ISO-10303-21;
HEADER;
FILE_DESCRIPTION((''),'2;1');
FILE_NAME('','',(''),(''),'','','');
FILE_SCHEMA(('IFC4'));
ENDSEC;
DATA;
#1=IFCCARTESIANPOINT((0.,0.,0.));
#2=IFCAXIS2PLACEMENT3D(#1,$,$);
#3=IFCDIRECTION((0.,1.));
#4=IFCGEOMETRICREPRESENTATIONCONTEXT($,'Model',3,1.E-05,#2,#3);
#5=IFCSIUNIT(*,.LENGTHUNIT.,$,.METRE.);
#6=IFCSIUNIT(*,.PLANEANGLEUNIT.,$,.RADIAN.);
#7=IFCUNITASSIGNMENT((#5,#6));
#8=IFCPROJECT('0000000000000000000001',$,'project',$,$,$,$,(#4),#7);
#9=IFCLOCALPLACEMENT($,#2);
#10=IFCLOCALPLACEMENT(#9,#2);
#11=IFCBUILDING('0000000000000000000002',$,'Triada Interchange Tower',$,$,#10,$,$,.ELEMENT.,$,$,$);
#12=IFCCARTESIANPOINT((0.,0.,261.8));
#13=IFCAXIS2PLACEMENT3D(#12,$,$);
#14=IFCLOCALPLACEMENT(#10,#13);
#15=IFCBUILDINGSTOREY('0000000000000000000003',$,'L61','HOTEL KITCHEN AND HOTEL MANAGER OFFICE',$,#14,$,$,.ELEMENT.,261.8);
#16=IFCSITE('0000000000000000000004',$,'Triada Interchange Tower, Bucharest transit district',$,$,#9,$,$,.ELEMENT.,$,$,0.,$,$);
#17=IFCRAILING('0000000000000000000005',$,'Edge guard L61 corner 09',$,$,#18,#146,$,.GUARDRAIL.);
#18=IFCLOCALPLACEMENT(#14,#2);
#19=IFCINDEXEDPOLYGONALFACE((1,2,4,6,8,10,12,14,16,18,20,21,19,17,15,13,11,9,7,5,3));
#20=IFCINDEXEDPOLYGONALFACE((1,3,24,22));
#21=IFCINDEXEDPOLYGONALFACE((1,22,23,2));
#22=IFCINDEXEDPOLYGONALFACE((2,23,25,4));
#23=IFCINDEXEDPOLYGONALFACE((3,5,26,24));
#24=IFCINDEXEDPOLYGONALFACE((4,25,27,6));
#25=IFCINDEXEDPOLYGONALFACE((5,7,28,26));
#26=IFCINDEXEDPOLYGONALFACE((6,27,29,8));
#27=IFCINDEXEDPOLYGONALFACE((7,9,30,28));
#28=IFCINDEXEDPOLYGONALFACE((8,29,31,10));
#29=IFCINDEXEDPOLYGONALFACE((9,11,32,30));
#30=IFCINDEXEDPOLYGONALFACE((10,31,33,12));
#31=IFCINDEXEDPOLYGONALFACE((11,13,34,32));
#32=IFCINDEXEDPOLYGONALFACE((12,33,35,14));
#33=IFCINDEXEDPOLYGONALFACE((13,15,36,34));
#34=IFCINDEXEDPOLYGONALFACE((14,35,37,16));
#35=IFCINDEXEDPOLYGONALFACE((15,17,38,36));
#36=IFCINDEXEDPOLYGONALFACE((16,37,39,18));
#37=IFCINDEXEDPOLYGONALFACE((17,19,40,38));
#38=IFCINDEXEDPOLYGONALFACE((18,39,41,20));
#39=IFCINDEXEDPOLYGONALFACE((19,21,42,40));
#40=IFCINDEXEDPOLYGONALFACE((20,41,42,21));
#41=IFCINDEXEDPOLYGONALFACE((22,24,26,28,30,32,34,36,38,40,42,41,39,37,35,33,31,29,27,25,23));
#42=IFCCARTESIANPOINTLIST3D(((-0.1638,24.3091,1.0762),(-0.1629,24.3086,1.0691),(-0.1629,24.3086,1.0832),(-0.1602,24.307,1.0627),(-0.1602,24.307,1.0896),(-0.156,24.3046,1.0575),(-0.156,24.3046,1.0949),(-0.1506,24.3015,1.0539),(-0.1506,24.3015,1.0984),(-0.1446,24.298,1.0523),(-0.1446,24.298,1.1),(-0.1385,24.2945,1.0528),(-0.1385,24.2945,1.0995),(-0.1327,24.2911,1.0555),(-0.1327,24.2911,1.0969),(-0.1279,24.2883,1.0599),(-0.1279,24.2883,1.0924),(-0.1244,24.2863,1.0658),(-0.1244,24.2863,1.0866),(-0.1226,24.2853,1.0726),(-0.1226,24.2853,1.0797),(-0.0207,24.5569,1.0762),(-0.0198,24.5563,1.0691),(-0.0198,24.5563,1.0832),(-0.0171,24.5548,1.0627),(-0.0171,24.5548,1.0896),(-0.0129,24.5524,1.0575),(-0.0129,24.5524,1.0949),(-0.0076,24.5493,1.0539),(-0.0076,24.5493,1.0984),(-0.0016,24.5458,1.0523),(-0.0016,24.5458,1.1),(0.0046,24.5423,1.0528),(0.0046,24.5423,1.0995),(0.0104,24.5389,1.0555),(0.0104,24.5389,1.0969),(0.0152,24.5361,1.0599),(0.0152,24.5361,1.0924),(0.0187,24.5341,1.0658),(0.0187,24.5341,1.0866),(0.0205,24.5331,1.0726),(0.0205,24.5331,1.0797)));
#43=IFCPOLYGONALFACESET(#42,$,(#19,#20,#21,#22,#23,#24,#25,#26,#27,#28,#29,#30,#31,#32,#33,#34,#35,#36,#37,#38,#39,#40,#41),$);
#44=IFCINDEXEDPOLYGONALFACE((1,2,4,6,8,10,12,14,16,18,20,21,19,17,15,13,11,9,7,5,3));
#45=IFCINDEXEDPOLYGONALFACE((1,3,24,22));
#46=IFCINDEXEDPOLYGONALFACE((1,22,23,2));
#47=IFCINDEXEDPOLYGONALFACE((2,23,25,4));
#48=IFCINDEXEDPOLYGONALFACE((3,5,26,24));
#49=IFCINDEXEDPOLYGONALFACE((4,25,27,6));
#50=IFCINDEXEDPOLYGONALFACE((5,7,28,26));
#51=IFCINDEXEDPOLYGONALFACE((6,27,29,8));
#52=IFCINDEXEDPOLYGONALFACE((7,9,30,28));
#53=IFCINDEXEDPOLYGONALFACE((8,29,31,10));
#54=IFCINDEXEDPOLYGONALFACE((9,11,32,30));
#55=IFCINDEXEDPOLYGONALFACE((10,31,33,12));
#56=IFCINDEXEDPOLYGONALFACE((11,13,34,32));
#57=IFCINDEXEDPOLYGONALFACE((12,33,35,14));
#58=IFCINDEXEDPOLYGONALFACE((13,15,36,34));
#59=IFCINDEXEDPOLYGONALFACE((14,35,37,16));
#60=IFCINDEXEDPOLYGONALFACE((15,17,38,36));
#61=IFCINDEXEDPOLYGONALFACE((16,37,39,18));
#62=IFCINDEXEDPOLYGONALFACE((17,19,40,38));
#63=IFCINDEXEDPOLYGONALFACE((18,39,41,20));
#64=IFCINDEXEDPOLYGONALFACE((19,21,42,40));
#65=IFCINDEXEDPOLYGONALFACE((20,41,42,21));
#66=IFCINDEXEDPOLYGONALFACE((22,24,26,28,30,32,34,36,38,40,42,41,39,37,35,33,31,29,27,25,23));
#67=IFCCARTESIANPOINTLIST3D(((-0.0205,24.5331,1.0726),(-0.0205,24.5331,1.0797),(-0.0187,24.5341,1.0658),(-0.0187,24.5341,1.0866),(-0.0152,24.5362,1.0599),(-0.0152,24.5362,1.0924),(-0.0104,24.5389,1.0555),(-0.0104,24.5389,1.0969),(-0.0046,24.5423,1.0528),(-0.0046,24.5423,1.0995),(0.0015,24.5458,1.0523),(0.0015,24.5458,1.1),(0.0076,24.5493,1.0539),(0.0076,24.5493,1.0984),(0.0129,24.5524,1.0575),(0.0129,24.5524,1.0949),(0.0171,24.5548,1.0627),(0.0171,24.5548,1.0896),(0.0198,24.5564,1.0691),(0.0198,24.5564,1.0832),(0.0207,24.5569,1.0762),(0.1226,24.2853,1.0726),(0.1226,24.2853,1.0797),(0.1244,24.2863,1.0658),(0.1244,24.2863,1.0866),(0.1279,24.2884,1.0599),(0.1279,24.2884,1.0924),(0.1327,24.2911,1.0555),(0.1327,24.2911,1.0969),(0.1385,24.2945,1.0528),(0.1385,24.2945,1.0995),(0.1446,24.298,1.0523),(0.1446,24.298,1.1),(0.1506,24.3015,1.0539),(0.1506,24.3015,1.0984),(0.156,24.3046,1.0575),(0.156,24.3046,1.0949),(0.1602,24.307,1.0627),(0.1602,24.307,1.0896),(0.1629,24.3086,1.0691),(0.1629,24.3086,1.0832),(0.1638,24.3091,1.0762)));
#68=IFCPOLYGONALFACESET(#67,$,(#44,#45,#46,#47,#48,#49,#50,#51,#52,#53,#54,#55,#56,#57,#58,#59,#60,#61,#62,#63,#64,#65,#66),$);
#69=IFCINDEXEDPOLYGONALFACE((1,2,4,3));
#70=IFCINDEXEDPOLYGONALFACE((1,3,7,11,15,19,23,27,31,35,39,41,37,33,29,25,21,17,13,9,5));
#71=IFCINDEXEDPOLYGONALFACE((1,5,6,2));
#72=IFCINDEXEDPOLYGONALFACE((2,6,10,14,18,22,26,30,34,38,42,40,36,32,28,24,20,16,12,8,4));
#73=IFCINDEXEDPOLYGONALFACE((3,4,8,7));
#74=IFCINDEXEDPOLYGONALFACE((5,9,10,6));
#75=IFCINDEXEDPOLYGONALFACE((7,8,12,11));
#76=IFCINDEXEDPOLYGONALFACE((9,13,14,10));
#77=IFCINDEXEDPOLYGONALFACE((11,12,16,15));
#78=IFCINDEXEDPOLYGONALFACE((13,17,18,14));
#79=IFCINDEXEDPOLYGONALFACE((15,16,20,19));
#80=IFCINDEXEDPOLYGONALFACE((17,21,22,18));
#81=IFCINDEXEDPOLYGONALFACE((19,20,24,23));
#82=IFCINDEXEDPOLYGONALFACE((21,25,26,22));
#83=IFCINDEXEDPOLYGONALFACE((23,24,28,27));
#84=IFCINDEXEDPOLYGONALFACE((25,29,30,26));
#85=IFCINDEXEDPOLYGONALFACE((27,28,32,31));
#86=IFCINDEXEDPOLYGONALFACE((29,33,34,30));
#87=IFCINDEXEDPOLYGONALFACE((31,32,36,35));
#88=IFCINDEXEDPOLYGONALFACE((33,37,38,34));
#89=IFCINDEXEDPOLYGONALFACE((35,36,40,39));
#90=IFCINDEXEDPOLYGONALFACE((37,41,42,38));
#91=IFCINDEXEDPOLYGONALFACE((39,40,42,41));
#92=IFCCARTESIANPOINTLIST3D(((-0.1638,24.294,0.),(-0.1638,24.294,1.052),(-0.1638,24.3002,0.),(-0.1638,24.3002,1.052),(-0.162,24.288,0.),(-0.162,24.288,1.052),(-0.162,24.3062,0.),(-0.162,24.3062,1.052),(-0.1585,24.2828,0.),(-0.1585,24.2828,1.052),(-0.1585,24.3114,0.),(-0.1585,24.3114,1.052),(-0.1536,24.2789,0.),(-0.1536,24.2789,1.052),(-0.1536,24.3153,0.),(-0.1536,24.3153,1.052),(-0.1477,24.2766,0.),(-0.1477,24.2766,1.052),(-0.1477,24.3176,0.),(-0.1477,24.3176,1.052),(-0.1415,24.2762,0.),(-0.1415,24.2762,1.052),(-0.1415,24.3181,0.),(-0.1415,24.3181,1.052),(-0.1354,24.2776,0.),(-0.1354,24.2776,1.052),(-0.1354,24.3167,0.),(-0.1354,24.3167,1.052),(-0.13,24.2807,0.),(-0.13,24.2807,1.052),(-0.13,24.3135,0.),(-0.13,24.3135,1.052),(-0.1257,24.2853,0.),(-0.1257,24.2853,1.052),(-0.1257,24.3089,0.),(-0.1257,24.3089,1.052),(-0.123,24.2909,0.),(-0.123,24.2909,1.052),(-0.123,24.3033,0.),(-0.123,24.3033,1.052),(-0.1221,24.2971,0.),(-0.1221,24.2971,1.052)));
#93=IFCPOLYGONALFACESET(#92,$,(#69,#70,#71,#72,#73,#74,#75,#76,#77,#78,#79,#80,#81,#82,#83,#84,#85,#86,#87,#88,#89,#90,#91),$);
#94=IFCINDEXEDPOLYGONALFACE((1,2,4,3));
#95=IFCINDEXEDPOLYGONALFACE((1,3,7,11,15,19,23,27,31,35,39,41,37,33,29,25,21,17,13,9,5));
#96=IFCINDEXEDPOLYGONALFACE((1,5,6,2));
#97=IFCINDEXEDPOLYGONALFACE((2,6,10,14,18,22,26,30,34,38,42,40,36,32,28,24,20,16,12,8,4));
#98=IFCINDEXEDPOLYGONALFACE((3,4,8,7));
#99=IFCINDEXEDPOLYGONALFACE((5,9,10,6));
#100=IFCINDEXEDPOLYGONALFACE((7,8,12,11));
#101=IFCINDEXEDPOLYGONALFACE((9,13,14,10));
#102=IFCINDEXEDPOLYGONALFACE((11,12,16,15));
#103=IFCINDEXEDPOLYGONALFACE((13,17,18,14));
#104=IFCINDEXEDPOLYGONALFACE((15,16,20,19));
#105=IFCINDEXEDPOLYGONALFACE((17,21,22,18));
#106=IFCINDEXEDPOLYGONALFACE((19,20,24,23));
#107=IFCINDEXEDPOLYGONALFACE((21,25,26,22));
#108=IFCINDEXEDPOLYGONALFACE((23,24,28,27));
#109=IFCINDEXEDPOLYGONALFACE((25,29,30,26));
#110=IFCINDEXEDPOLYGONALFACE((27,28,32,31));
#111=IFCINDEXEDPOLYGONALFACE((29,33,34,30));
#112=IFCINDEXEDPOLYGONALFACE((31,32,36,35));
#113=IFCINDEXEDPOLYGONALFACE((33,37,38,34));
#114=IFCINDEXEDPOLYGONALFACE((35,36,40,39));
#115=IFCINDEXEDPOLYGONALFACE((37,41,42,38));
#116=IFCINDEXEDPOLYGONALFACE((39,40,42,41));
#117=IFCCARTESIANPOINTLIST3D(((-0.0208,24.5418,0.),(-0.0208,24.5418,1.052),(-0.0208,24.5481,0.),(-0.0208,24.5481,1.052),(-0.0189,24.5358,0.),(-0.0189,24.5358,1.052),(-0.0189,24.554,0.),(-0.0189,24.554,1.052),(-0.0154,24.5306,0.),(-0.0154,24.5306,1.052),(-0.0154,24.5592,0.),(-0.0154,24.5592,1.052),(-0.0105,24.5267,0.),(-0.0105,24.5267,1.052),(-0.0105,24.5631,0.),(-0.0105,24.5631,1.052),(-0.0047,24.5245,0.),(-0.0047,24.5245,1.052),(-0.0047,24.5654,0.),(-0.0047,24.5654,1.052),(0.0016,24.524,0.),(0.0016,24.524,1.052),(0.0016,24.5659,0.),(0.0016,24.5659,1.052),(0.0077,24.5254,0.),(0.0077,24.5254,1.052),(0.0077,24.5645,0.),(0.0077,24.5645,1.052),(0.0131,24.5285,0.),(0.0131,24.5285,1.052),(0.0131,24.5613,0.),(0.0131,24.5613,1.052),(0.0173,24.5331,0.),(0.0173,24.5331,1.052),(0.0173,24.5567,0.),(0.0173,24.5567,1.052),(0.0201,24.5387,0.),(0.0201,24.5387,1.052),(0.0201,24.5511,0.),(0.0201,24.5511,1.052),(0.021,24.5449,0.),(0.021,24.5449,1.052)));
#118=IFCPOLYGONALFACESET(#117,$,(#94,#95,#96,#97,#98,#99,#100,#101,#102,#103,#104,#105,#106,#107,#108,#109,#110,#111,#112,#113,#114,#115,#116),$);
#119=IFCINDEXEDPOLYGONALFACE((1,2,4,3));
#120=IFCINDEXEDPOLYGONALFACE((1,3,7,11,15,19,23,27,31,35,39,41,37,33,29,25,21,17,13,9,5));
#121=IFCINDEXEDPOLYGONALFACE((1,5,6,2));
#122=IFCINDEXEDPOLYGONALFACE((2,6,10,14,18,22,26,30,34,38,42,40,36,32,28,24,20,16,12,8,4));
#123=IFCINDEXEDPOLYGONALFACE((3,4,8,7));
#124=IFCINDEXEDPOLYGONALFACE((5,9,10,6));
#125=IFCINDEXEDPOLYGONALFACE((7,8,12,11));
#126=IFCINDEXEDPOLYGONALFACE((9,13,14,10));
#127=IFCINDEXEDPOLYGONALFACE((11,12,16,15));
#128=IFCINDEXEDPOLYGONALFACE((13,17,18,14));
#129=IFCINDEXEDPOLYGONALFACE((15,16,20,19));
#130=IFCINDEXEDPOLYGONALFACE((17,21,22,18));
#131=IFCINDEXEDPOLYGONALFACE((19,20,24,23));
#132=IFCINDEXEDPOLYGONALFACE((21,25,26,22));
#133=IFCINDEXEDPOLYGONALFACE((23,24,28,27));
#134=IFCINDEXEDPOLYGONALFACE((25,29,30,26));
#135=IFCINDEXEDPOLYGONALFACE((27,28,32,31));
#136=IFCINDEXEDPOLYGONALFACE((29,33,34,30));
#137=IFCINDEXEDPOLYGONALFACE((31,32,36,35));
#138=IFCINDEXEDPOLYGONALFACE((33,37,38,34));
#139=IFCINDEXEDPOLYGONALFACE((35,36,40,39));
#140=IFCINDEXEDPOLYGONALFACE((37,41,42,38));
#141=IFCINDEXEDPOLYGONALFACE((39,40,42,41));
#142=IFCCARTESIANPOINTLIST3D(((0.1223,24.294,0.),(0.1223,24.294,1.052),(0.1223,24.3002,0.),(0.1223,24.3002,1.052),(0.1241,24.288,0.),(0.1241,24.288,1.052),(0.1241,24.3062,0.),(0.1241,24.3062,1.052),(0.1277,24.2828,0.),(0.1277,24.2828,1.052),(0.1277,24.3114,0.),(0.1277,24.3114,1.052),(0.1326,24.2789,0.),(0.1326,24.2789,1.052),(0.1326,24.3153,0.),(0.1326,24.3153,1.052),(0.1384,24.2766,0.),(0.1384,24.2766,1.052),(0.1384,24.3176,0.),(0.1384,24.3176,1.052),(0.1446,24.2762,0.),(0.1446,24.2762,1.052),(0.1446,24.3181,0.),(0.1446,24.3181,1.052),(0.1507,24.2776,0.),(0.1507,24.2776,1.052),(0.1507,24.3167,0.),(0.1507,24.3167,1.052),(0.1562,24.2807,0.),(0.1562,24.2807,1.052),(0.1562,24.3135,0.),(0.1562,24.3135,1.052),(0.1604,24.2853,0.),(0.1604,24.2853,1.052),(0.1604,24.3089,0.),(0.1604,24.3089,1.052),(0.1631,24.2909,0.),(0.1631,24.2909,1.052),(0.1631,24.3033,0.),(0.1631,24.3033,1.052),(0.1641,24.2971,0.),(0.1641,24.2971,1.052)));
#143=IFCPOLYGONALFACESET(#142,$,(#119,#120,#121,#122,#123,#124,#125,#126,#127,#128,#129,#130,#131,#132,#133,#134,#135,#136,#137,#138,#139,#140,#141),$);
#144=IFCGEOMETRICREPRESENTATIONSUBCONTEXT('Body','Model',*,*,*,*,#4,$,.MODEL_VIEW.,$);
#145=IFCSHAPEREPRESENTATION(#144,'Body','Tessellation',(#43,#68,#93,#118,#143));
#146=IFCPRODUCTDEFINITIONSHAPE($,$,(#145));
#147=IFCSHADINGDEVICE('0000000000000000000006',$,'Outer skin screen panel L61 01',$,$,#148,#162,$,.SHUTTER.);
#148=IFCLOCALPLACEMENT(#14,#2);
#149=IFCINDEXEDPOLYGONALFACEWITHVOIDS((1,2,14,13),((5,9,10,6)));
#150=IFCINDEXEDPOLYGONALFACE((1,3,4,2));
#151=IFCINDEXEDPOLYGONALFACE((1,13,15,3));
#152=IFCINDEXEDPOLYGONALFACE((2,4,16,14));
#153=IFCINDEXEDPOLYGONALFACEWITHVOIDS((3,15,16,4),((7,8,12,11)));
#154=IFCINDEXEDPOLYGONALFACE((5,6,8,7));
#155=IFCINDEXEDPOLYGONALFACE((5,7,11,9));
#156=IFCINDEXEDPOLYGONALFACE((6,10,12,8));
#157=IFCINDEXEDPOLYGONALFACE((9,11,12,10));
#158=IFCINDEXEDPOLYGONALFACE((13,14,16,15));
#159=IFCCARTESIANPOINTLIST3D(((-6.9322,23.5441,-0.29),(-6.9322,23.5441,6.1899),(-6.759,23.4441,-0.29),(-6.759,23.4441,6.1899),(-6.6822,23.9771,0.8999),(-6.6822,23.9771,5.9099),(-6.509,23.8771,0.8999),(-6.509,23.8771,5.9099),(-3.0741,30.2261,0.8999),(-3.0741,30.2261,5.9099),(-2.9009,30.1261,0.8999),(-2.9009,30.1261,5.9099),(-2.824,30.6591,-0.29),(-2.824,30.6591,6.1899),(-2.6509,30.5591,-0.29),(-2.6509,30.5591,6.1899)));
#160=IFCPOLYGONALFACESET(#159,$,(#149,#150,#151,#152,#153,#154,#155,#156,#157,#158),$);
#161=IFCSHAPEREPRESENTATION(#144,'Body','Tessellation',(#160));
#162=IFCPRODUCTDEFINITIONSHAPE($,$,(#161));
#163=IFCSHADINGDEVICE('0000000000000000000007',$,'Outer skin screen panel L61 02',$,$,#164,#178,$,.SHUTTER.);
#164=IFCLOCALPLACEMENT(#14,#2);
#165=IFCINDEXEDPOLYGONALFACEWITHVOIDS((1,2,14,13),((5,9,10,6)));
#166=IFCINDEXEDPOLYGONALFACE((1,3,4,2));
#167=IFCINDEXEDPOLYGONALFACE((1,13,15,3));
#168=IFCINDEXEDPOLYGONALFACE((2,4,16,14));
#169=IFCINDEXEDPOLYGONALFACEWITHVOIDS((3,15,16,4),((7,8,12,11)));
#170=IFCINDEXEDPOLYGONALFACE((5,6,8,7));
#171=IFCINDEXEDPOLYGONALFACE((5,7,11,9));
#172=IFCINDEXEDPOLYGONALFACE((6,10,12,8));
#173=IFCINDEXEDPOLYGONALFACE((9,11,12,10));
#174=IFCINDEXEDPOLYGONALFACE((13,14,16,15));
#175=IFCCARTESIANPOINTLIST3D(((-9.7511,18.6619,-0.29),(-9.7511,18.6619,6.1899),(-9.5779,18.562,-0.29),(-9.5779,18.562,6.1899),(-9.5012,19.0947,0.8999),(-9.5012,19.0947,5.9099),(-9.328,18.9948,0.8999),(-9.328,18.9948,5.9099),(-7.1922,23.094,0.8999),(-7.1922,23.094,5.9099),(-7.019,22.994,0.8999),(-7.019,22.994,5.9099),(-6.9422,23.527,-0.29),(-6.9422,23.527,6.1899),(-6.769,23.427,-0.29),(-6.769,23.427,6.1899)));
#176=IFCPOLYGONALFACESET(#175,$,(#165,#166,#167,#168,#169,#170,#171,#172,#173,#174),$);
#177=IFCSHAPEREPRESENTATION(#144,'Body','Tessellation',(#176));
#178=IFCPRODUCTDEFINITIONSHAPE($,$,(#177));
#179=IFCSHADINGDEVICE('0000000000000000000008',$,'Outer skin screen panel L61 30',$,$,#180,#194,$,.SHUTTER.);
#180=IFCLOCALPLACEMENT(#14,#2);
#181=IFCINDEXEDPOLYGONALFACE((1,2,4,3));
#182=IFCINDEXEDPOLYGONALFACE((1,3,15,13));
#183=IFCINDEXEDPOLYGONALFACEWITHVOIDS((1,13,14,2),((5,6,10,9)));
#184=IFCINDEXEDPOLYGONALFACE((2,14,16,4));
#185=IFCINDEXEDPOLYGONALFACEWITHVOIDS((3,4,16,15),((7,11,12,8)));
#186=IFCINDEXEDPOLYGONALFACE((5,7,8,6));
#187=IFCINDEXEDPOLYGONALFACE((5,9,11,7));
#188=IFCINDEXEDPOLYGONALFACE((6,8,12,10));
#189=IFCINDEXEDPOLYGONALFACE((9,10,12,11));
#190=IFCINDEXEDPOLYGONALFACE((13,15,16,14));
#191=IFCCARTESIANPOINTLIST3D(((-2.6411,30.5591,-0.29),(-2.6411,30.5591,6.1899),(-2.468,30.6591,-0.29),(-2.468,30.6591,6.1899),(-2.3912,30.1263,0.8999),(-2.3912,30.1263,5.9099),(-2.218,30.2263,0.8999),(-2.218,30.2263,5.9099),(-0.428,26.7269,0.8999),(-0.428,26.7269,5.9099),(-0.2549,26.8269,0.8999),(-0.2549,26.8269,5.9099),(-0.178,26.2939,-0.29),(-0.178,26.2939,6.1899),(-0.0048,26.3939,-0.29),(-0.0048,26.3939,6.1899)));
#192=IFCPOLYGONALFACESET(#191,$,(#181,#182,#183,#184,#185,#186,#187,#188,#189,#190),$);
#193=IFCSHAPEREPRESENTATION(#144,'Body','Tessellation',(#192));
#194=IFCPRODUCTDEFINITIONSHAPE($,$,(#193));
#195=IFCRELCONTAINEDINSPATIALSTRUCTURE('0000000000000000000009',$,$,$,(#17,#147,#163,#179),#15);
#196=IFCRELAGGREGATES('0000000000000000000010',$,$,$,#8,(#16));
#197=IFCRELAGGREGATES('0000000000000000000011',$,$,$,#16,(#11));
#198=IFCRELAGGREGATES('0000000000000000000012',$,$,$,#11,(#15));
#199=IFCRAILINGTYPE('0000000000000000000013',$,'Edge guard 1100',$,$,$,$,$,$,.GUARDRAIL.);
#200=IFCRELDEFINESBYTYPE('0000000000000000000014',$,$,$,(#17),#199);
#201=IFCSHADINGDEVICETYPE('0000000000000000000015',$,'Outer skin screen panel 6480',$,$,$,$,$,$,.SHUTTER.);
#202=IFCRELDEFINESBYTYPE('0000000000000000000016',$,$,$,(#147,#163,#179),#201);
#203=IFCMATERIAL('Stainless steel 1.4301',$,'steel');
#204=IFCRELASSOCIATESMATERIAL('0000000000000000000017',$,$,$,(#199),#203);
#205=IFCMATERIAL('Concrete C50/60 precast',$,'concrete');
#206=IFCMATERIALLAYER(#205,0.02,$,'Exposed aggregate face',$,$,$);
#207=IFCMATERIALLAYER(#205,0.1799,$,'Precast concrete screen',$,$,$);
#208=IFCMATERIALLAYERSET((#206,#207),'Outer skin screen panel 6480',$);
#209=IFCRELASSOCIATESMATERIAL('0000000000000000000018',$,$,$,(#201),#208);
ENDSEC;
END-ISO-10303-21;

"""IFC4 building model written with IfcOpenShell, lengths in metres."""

from ifc_helpers import new_model, si_unit, direction, frame, origin, origin_2d, place, context, subcontext, project, spatial, polyline, circle, outline, extrude, material, layer, layer_set, type_object, element, save


model = new_model("IFC4")

# Units and contexts
model_context = context("Model", 3, precision=1e-05, world=origin(), true_north=direction((0.0, 1.0)))
body_context = subcontext(model_context, "Body", "Model", "MODEL_VIEW")
ifc_project = project(units=[si_unit("LENGTHUNIT", "METRE"), si_unit("PLANEANGLEUNIT", "RADIAN")], contexts=[model_context])

# Site, building, storey
site_placement = place(None, origin())
site = spatial("IfcSite", under=ifc_project, at=site_placement, Name="Triada Interchange Tower, Bucharest transit district", CompositionType="ELEMENT", RefElevation=0.0)
building_placement = place(site_placement, origin())
building = spatial("IfcBuilding", under=site, at=building_placement, Name="Triada Interchange Tower", CompositionType="ELEMENT")
storey_placement = place(building_placement, frame((0.0, 0.0, 261.8)))
storey = spatial("IfcBuildingStorey", under=building, at=storey_placement, Name="L61", Description="HOTEL KITCHEN AND HOTEL MANAGER OFFICE", CompositionType="ELEMENT", Elevation=261.8)

# Railing
ifc_material_1 = material(Name="Stainless steel 1.4301", Category="steel")
railing_type = type_object("IfcRailingType", Name="Edge guard 1100", PredefinedType="GUARDRAIL", material=ifc_material_1)
railing_1_placement = place(storey_placement, frame((-0.1431, 24.2971, 0.0)))
element("IfcRailing", 1, at=railing_1_placement, inside=storey, type_object=railing_type, Name="Edge guard L61 corner 09", PredefinedType="GUARDRAIL", context=body_context, shape_type="SweptSolid", body=[
    extrude(circle(Radius=0.0239, at=origin_2d()), frame((0.0, 0.0, 1.0762), z_axis=(0.499993, 0.866029, 0.0), x_axis=(-0.866029, 0.499993, 0.0)), (0.0, 0.0, 1.0), 0.2861),
    extrude(circle(Radius=0.0239, at=origin_2d()), frame((0.1431, 0.2478, 1.0762), z_axis=(0.499993, -0.866029, 0.0), x_axis=(0.866029, 0.499993, 0.0)), (0.0, 0.0, 1.0), 0.2861),
    extrude(circle(Radius=0.021, at=origin_2d()), origin(), (0.0, 0.0, 1.0), 1.052),
    extrude(circle(Radius=0.021, at=origin_2d()), frame((0.1431, 0.2478, 0.0)), (0.0, 0.0, 1.0), 1.052),
    extrude(circle(Radius=0.021, at=origin_2d()), frame((0.2861, 0.0, 0.0)), (0.0, 0.0, 1.0), 1.052),
])

# Shading devices
ifc_material_2 = material(Name="Concrete C50/60 precast", Category="concrete")
ifc_layer_1 = layer(ifc_material_2, 0.02, Name="Exposed aggregate face")
ifc_layer_2 = layer(ifc_material_2, 0.1799, Name="Precast concrete screen")
ifc_layer_set_1 = layer_set([ifc_layer_1, ifc_layer_2], Name="Outer skin screen panel 6480")
shading_device_type = type_object("IfcShadingDeviceType", Name="Outer skin screen panel 6480", PredefinedType="SHUTTER", material=ifc_layer_set_1)
shading_device_1_placement = place(storey_placement, frame((-2.6509, 30.5591, -0.29), z_axis=(0.0, 0.0, 1.0), x_axis=(-0.500029, -0.866009, 0.0)))
element("IfcShadingDevice", 2, at=shading_device_1_placement, inside=storey, type_object=shading_device_type, Name="Outer skin screen panel L61 01", PredefinedType="SHUTTER", context=body_context, shape_type="SweptSolid", body=[
    extrude(outline(polyline([(0.0, 0.0), (8.2158, 0.0), (8.2158, 6.48), (0.0, 6.48), (0.0, 0.0)]), holes=[polyline([(0.5, 1.1899), (0.5, 6.2), (7.7158, 6.2), (7.7158, 1.1899), (0.5, 1.1899)])]), frame((0.0, 0.0, 0.0), z_axis=(0.0, -1.0, 0.0), x_axis=(1.0, 0.0, 0.0)), (0.0, 0.0, 1.0), 0.2),
])
shading_device_2_placement = place(storey_placement, frame((-6.769, 23.427, -0.29), z_axis=(0.0, 0.0, 1.0), x_axis=(-0.500005, -0.866023, 0.0)))
element("IfcShadingDevice", 3, at=shading_device_2_placement, inside=storey, type_object=shading_device_type, Name="Outer skin screen panel L61 02", PredefinedType="SHUTTER", context=body_context, shape_type="SweptSolid", body=[
    extrude(outline(polyline([(0.0, 0.0), (5.6177, 0.0), (5.6177, 6.48), (0.0, 6.48), (0.0, 0.0)]), holes=[polyline([(0.5, 1.1899), (0.5, 6.2), (5.1179, 6.2), (5.1179, 1.1899), (0.5, 1.1899)])]), frame((0.0, 0.0, 0.0), z_axis=(0.0, -1.0, 0.0), x_axis=(1.0, 0.0, 0.0)), (0.0, 0.0, 1.0), 0.2),
])
shading_device_3_placement = place(storey_placement, frame((-0.178, 26.2939, -0.29), z_axis=(0.0, 0.0, 1.0), x_axis=(-0.5001, 0.865968, 0.0)))
element("IfcShadingDevice", 4, at=shading_device_3_placement, inside=storey, type_object=shading_device_type, Name="Outer skin screen panel L61 30", PredefinedType="SHUTTER", context=body_context, shape_type="SweptSolid", body=[
    extrude(outline(polyline([(0.0, 0.0), (4.9253, 0.0), (4.9253, 6.48), (0.0, 6.48), (0.0, 0.0)]), holes=[polyline([(0.5, 1.1899), (0.5, 6.2), (4.4255, 6.2), (4.4255, 1.1899), (0.5, 1.1899)])]), frame((0.0, 0.0, 0.0), z_axis=(0.0, -1.0, 0.0), x_axis=(1.0, 0.0, 0.0)), (0.0, 0.0, 1.0), 0.2),
])

save(model, "model.ifc")
